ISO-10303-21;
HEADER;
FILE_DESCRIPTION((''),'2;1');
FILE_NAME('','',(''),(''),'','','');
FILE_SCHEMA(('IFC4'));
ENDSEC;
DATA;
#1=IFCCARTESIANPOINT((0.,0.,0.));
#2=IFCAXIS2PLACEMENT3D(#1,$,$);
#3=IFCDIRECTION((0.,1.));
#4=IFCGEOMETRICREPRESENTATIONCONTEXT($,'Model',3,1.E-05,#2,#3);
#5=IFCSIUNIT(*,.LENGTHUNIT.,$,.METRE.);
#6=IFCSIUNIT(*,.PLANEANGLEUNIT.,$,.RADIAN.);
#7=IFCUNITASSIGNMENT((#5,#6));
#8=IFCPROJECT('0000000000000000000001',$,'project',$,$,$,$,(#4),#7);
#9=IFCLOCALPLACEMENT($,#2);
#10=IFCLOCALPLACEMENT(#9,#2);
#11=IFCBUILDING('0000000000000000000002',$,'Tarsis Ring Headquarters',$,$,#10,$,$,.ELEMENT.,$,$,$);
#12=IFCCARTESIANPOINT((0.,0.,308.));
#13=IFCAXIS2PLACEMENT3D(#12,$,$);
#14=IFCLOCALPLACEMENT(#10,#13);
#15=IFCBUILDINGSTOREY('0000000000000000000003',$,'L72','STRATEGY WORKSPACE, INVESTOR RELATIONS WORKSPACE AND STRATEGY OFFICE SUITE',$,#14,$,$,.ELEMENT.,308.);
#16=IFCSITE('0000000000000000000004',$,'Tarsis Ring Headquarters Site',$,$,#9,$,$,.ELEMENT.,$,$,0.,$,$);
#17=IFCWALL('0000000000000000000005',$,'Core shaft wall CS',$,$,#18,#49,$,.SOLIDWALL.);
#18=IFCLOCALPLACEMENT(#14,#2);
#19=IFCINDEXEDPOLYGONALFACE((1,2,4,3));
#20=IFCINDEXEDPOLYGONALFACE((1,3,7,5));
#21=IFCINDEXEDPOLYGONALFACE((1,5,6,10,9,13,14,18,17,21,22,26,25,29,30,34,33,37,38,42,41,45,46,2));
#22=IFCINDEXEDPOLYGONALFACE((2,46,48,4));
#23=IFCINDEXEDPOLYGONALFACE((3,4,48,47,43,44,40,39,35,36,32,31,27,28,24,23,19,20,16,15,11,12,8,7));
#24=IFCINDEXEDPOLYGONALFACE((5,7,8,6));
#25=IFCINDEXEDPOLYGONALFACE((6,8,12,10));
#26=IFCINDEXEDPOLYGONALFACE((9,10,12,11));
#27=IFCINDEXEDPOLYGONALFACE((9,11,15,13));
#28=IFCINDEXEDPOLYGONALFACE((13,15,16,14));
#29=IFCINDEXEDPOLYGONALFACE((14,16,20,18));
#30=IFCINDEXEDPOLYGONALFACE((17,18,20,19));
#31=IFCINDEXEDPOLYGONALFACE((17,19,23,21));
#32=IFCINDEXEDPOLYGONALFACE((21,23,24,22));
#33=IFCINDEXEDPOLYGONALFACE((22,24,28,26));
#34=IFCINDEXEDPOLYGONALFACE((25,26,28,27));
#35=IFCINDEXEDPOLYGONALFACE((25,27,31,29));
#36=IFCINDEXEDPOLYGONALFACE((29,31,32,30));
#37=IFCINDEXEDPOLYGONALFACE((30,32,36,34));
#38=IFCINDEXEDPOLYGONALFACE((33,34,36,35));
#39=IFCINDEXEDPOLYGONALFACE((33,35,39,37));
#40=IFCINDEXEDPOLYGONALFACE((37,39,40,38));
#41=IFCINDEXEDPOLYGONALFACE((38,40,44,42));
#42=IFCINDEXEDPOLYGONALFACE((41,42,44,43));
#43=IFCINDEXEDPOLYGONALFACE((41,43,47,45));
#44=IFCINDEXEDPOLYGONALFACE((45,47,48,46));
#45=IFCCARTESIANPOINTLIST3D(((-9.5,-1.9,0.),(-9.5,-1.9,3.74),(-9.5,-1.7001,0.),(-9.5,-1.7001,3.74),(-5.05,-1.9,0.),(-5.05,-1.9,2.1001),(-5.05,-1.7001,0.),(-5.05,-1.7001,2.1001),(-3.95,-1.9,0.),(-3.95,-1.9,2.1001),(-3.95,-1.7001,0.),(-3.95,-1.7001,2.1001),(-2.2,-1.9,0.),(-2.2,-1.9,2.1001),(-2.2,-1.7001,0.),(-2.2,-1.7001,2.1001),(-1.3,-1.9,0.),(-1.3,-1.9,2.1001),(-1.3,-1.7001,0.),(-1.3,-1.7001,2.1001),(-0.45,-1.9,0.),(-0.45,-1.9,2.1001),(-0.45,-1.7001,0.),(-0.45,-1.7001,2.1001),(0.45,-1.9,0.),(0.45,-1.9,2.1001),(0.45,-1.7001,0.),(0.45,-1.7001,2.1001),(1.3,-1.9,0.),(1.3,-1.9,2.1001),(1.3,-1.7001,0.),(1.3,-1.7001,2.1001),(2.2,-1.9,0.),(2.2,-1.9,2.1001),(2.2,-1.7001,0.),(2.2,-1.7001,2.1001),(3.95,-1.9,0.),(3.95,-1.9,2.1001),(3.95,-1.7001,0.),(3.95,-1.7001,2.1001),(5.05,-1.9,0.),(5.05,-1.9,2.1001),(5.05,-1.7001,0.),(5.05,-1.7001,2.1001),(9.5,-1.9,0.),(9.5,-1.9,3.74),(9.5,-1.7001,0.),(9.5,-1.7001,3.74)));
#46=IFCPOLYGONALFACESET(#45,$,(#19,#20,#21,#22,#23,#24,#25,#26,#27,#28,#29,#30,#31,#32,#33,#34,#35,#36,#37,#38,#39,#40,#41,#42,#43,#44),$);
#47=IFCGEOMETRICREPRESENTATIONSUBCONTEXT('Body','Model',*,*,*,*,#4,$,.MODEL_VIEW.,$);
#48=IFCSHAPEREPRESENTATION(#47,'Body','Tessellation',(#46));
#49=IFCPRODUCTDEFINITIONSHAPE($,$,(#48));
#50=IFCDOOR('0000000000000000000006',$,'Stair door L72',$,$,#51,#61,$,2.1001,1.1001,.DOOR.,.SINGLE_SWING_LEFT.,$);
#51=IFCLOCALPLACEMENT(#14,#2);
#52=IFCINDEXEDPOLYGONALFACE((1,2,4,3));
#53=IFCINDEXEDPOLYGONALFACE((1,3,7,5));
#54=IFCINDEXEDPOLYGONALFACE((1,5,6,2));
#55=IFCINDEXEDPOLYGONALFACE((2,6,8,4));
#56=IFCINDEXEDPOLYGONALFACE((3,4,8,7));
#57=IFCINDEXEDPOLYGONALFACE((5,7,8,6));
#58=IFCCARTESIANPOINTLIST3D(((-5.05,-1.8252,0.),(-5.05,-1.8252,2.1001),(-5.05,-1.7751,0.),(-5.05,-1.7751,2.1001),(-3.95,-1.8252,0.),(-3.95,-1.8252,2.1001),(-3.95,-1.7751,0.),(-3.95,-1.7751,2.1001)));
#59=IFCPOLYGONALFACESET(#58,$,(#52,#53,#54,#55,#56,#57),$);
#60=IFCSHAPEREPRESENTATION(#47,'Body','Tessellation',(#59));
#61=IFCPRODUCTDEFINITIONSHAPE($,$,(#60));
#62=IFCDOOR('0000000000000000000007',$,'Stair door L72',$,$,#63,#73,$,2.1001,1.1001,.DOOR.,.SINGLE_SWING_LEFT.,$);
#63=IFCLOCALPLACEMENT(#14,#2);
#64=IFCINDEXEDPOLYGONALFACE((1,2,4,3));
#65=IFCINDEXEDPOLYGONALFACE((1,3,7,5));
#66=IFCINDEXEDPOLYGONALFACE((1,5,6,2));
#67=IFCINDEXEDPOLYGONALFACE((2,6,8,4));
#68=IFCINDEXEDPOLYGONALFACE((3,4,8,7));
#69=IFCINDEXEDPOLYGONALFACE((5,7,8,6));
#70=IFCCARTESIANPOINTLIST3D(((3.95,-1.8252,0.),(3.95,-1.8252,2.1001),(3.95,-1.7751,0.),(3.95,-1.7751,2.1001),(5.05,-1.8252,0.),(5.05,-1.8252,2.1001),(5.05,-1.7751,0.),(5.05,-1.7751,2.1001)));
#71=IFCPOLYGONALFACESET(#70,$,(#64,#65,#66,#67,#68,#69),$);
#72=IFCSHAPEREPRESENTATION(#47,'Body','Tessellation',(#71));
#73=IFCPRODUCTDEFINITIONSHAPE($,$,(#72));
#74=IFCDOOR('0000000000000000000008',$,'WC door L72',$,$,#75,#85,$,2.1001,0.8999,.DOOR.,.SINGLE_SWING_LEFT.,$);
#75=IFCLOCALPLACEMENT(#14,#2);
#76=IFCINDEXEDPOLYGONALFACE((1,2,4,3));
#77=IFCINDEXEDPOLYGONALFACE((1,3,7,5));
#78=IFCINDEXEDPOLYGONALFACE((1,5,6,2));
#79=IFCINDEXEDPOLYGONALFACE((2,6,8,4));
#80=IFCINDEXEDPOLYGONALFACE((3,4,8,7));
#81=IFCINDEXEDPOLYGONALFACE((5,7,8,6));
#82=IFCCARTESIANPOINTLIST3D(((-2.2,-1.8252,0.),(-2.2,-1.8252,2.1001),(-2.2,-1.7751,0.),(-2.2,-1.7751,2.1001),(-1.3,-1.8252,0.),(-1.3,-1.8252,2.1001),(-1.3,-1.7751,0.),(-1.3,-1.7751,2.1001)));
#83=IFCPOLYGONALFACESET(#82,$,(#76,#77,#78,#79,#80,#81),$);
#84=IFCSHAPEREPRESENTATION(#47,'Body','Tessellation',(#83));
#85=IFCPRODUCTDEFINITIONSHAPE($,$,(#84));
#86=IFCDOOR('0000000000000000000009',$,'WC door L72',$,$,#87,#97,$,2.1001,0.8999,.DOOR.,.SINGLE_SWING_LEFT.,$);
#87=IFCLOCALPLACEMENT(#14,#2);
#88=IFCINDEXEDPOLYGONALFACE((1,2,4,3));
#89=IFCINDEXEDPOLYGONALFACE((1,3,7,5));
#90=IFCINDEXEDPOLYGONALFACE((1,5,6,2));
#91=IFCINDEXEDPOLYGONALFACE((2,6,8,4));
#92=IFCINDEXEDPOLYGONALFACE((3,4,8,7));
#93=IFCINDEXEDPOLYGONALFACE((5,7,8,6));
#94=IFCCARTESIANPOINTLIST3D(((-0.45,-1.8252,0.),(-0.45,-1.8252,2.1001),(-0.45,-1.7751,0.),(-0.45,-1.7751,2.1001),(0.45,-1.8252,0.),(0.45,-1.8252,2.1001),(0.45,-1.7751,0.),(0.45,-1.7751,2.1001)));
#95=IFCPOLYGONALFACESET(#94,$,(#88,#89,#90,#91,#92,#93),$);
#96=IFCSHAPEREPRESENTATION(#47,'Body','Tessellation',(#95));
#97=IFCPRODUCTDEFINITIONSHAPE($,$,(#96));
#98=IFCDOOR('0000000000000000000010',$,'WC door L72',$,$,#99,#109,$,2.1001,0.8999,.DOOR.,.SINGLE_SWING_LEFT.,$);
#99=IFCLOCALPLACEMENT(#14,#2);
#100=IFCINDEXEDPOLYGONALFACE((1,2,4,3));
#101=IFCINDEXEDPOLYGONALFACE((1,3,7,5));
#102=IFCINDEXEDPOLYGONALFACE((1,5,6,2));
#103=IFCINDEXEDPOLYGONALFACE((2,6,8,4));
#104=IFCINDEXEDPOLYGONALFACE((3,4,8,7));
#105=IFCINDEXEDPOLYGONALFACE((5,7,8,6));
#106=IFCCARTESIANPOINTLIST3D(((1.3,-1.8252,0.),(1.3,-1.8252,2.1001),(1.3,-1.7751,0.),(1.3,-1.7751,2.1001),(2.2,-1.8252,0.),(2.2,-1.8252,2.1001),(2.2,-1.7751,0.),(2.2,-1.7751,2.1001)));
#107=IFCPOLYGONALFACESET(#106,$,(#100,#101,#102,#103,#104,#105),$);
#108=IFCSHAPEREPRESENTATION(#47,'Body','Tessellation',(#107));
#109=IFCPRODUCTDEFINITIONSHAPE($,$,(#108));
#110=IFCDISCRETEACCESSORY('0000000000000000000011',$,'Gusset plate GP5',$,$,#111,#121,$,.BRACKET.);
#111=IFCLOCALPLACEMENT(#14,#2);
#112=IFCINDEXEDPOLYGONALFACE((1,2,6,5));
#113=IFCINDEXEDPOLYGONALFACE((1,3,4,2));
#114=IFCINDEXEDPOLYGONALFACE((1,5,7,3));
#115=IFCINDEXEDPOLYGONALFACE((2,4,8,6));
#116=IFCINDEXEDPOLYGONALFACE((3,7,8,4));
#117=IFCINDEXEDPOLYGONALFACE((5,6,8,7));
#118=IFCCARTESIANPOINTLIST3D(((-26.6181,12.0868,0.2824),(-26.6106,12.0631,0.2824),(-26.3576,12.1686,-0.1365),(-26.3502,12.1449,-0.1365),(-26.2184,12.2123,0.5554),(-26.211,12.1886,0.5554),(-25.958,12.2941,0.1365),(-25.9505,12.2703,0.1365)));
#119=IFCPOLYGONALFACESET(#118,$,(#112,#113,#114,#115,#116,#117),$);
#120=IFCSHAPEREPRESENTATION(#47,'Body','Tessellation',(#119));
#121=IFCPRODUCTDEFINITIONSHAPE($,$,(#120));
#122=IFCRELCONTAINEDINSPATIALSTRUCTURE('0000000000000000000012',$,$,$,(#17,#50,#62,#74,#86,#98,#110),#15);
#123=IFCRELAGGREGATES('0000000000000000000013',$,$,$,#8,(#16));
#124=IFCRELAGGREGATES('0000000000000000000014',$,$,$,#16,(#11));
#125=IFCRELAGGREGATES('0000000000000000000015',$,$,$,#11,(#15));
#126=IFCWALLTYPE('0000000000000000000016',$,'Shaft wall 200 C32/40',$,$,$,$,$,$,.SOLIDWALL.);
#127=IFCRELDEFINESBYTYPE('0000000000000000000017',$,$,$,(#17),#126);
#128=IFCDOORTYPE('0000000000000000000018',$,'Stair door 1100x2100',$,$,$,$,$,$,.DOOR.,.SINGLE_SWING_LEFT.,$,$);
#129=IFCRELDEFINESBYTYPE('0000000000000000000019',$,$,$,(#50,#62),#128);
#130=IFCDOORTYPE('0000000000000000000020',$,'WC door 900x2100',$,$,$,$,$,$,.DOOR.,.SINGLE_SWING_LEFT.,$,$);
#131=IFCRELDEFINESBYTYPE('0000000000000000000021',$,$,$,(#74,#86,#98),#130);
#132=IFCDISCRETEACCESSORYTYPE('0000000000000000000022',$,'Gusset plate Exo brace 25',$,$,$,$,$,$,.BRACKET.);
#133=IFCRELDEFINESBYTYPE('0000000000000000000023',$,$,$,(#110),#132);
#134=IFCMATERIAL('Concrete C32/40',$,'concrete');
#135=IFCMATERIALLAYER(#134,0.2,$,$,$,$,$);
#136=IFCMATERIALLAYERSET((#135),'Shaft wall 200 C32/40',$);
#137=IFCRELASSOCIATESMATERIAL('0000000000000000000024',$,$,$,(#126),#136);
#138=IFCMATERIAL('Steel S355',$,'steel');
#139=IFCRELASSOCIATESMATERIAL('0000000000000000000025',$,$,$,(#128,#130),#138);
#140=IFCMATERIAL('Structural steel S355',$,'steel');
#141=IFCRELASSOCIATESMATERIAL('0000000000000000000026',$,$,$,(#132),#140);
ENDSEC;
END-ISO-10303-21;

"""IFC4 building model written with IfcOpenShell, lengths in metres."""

from ifc_helpers import new_model, si_unit, direction, frame, frame_2d, origin, origin_2d, place, context, subcontext, project, spatial, rectangle, extrude, material, layer, layer_set, material_profile, profile_set, type_object, element, fill, save


model = new_model("IFC4")

# Units and contexts
model_context = context("Model", 3, precision=1e-05, world=origin(), true_north=direction((0.0, 1.0)))
body_context = subcontext(model_context, "Body", "Model", "MODEL_VIEW")
ifc_project = project(units=[si_unit("LENGTHUNIT", "METRE"), si_unit("PLANEANGLEUNIT", "RADIAN")], contexts=[model_context])

# Site, building, storey
site_placement = place(None, origin())
site = spatial("IfcSite", under=ifc_project, at=site_placement, Name="Tarsis Ring Headquarters Site", CompositionType="ELEMENT", RefElevation=0.0)
building_placement = place(site_placement, origin())
building = spatial("IfcBuilding", under=site, at=building_placement, Name="Tarsis Ring Headquarters", CompositionType="ELEMENT")
storey_placement = place(building_placement, frame((0.0, 0.0, 308.0)))
storey = spatial("IfcBuildingStorey", under=building, at=storey_placement, Name="L72", Description="STRATEGY WORKSPACE, INVESTOR RELATIONS WORKSPACE AND STRATEGY OFFICE SUITE", CompositionType="ELEMENT", Elevation=308.0)

# Shared definitions
ifc_material_1 = material(Name="Structural steel S355", Category="steel")

# Wall, openings, doors
ifc_material_2 = material(Name="Concrete C32/40", Category="concrete")
ifc_layer_1 = layer(ifc_material_2, 0.2)
ifc_layer_set_1 = layer_set([ifc_layer_1], Name="Shaft wall 200 C32/40")
wall_type_1 = type_object("IfcWallType", Name="Shaft wall 200 C32/40", PredefinedType="SOLIDWALL", material=ifc_layer_set_1)
wall_1_placement = place(storey_placement, frame((-9.5, -1.8, 0.0), z_axis=(0.0, 0.0, 1.0), x_axis=(1.0, 0.0, 0.0)))
wall_1 = element("IfcWall", 1, at=wall_1_placement, inside=storey, type_object=wall_type_1, Name="Core shaft wall CS", PredefinedType="SOLIDWALL", context=body_context, shape_type="SweptSolid", body=[
    extrude(rectangle(XDim=19.0, YDim=0.2, at=frame_2d((9.5, 0.0))), origin(), (0.0, 0.0, 1.0), 3.74),
])
opening_1_placement = place(wall_1_placement, frame((4.45, 0.0, 0.0)))
opening_1 = element("IfcOpeningElement", 2, at=opening_1_placement, cuts=wall_1, PredefinedType="OPENING", context=body_context, shape_type="SweptSolid", body=[
    extrude(rectangle(XDim=1.1001, YDim=2.1001, at=frame_2d((0.55, 1.05))), frame((0.0, 0.1099, 0.0), z_axis=(0.0, -1.0, 0.0), x_axis=(1.0, 0.0, 0.0)), (0.0, 0.0, 1.0), 0.22),
])
opening_2_placement = place(wall_1_placement, frame((7.3, 0.0, 0.0)))
opening_2 = element("IfcOpeningElement", 3, at=opening_2_placement, cuts=wall_1, PredefinedType="OPENING", context=body_context, shape_type="SweptSolid", body=[
    extrude(rectangle(XDim=0.8999, YDim=2.1001, at=frame_2d((0.45, 1.05))), frame((0.0, 0.1099, 0.0), z_axis=(0.0, -1.0, 0.0), x_axis=(1.0, 0.0, 0.0)), (0.0, 0.0, 1.0), 0.22),
])
opening_3_placement = place(wall_1_placement, frame((9.05, 0.0, 0.0)))
opening_3 = element("IfcOpeningElement", 4, at=opening_3_placement, cuts=wall_1, PredefinedType="OPENING", context=body_context, shape_type="SweptSolid", body=[
    extrude(rectangle(XDim=0.8999, YDim=2.1001, at=frame_2d((0.45, 1.05))), frame((0.0, 0.1099, 0.0), z_axis=(0.0, -1.0, 0.0), x_axis=(1.0, 0.0, 0.0)), (0.0, 0.0, 1.0), 0.22),
])
opening_4_placement = place(wall_1_placement, frame((10.8, 0.0, 0.0)))
opening_4 = element("IfcOpeningElement", 5, at=opening_4_placement, cuts=wall_1, PredefinedType="OPENING", context=body_context, shape_type="SweptSolid", body=[
    extrude(rectangle(XDim=0.8999, YDim=2.1001, at=frame_2d((0.45, 1.05))), frame((0.0, 0.1099, 0.0), z_axis=(0.0, -1.0, 0.0), x_axis=(1.0, 0.0, 0.0)), (0.0, 0.0, 1.0), 0.22),
])
opening_5_placement = place(wall_1_placement, frame((13.45, 0.0, 0.0)))
opening_5 = element("IfcOpeningElement", 6, at=opening_5_placement, cuts=wall_1, PredefinedType="OPENING", context=body_context, shape_type="SweptSolid", body=[
    extrude(rectangle(XDim=1.1001, YDim=2.1001, at=frame_2d((0.55, 1.05))), frame((0.0, 0.1099, 0.0), z_axis=(0.0, -1.0, 0.0), x_axis=(1.0, 0.0, 0.0)), (0.0, 0.0, 1.0), 0.22),
])
ifc_material_3 = material(Name="Steel S355", Category="steel")
door_type_1 = type_object("IfcDoorType", Name="Stair door 1100x2100", OperationType="SINGLE_SWING_LEFT", PredefinedType="DOOR", material=ifc_material_3)
door_1_placement = place(opening_1_placement, origin())
door_1 = element("IfcDoor", 7, at=door_1_placement, inside=storey, type_object=door_type_1, Name="Stair door L72", OperationType="SINGLE_SWING_LEFT", OverallHeight=2.1001, OverallWidth=1.1001, PredefinedType="DOOR", context=body_context, shape_type="SweptSolid", body=[
    extrude(rectangle(XDim=1.1001, YDim=2.1001, at=frame_2d((0.55, 1.05))), frame((0.0, 0.0249, 0.0), z_axis=(0.0, -1.0, 0.0), x_axis=(1.0, 0.0, 0.0)), (0.0, 0.0, 1.0), 0.05),
])
fill(opening_1, door_1)
door_2_placement = place(opening_5_placement, origin())
door_2 = element("IfcDoor", 8, at=door_2_placement, inside=storey, type_object=door_type_1, Name="Stair door L72", OperationType="SINGLE_SWING_LEFT", OverallHeight=2.1001, OverallWidth=1.1001, PredefinedType="DOOR", context=body_context, shape_type="SweptSolid", body=[
    extrude(rectangle(XDim=1.1001, YDim=2.1001, at=frame_2d((0.55, 1.05))), frame((0.0, 0.0249, 0.0), z_axis=(0.0, -1.0, 0.0), x_axis=(1.0, 0.0, 0.0)), (0.0, 0.0, 1.0), 0.05),
])
fill(opening_5, door_2)
door_type_2 = type_object("IfcDoorType", Name="WC door 900x2100", OperationType="SINGLE_SWING_LEFT", PredefinedType="DOOR", material=ifc_material_3)
door_3_placement = place(opening_2_placement, origin())
door_3 = element("IfcDoor", 9, at=door_3_placement, inside=storey, type_object=door_type_2, Name="WC door L72", OperationType="SINGLE_SWING_LEFT", OverallHeight=2.1001, OverallWidth=0.8999, PredefinedType="DOOR", context=body_context, shape_type="SweptSolid", body=[
    extrude(rectangle(XDim=0.8999, YDim=2.1001, at=frame_2d((0.45, 1.05))), frame((0.0, 0.0249, 0.0), z_axis=(0.0, -1.0, 0.0), x_axis=(1.0, 0.0, 0.0)), (0.0, 0.0, 1.0), 0.05),
])
fill(opening_2, door_3)
door_4_placement = place(opening_3_placement, origin())
door_4 = element("IfcDoor", 10, at=door_4_placement, inside=storey, type_object=door_type_2, Name="WC door L72", OperationType="SINGLE_SWING_LEFT", OverallHeight=2.1001, OverallWidth=0.8999, PredefinedType="DOOR", context=body_context, shape_type="SweptSolid", body=[
    extrude(rectangle(XDim=0.8999, YDim=2.1001, at=frame_2d((0.45, 1.05))), frame((0.0, 0.0249, 0.0), z_axis=(0.0, -1.0, 0.0), x_axis=(1.0, 0.0, 0.0)), (0.0, 0.0, 1.0), 0.05),
])
fill(opening_3, door_4)
door_5_placement = place(opening_4_placement, origin())
door_5 = element("IfcDoor", 11, at=door_5_placement, inside=storey, type_object=door_type_2, Name="WC door L72", OperationType="SINGLE_SWING_LEFT", OverallHeight=2.1001, OverallWidth=0.8999, PredefinedType="DOOR", context=body_context, shape_type="SweptSolid", body=[
    extrude(rectangle(XDim=0.8999, YDim=2.1001, at=frame_2d((0.45, 1.05))), frame((0.0, 0.0249, 0.0), z_axis=(0.0, -1.0, 0.0), x_axis=(1.0, 0.0, 0.0)), (0.0, 0.0, 1.0), 0.05),
])
fill(opening_4, door_5)

# Discrete accessory
ifc_material_profile_1 = material_profile(ifc_material_1, rectangle(XDim=0.0249, YDim=0.5, at=origin_2d()), Name="PL 25x500")
ifc_profile_set_1 = profile_set([ifc_material_profile_1], Name="Structural steel S355")
discrete_accessory_type = type_object("IfcDiscreteAccessoryType", Name="Gusset plate Exo brace 25", PredefinedType="BRACKET", material=ifc_profile_set_1)
discrete_accessory_placement = place(storey_placement, frame((-26.1541, 12.2195, 0.0), z_axis=(-0.52093, -0.163553, 0.837784), x_axis=(0.299548, -0.954081, 0.0)))
element("IfcDiscreteAccessory", 12, at=discrete_accessory_placement, inside=storey, type_object=discrete_accessory_type, Name="Gusset plate GP5", PredefinedType="BRACKET", context=body_context, shape_type="SweptSolid", body=[
    extrude(rectangle(XDim=0.0249, YDim=0.5, at=origin_2d()), origin(), (0.0, 0.0, 1.0), 0.5),
])

save(model, "model.ifc")
